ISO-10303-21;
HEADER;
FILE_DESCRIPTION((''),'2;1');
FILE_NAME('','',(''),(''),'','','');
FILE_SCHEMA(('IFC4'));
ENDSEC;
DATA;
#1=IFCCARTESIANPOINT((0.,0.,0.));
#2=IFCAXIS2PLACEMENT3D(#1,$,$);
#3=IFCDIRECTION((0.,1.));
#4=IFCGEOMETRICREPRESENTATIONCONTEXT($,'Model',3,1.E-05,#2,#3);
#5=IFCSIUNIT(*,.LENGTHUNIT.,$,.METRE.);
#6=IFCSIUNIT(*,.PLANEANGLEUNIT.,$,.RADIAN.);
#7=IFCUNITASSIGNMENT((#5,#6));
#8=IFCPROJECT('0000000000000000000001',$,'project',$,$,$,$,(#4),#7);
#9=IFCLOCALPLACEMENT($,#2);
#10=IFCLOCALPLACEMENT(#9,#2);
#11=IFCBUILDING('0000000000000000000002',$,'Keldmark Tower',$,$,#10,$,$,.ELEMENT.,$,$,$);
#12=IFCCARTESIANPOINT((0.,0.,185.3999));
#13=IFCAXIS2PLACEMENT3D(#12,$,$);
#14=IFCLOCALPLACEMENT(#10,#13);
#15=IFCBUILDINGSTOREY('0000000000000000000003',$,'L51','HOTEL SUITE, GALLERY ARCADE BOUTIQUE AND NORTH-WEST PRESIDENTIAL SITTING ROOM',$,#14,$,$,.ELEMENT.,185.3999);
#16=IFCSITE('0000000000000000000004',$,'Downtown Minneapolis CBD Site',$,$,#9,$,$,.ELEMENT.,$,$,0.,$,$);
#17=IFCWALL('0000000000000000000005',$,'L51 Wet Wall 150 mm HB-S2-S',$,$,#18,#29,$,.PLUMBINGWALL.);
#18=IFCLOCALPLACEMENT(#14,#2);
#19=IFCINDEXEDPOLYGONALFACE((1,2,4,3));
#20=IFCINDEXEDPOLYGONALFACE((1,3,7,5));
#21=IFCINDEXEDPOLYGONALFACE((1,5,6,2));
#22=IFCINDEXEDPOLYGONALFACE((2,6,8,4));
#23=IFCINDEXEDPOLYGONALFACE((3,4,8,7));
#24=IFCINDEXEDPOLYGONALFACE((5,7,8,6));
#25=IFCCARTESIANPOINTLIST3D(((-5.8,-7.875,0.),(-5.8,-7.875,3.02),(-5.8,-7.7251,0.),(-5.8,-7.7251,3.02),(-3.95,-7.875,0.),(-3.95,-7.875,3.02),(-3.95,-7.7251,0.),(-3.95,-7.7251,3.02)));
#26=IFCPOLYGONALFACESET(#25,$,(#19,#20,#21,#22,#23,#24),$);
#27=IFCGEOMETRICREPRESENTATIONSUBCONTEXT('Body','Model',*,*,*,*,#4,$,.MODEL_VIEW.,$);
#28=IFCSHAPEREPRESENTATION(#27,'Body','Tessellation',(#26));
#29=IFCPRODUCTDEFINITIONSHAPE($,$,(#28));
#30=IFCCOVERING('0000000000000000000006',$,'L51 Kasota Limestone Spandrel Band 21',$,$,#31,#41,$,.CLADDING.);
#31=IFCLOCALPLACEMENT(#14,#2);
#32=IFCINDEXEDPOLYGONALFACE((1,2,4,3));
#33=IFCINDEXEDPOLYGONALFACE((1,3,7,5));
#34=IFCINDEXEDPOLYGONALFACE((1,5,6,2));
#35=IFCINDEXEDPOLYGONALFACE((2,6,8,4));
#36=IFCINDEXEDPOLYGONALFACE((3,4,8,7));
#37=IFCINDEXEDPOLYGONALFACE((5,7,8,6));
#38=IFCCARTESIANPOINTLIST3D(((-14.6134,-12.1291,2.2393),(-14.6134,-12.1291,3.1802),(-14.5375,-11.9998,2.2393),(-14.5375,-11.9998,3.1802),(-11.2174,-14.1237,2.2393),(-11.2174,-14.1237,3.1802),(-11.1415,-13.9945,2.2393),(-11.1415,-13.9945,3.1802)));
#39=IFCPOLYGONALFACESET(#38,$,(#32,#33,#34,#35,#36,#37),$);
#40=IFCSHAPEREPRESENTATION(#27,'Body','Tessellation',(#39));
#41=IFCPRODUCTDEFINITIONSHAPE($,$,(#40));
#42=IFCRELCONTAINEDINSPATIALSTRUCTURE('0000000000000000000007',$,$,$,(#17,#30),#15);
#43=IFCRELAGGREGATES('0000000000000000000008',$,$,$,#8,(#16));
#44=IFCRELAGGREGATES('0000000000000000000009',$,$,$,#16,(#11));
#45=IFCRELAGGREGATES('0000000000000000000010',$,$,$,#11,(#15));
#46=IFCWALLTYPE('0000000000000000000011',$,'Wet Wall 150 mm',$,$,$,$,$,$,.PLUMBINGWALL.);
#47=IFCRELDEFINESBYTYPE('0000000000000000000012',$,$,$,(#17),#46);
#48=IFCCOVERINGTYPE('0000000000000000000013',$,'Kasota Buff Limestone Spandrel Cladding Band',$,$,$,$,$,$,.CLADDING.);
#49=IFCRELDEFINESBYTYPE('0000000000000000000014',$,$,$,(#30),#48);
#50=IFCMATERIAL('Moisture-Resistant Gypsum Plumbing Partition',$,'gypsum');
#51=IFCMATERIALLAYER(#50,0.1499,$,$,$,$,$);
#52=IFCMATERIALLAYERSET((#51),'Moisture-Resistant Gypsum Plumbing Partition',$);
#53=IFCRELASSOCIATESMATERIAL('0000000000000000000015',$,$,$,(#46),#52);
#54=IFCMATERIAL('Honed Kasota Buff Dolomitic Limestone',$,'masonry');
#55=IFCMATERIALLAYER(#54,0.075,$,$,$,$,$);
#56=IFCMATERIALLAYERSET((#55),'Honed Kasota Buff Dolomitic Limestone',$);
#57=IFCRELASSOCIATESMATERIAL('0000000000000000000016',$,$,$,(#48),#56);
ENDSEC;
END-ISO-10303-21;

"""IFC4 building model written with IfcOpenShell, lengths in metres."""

from ifc_helpers import new_model, si_unit, direction, frame, frame_2d, origin, origin_2d, place, context, subcontext, project, spatial, rectangle, extrude, material, layer, layer_set, type_object, element, save


model = new_model("IFC4")

# Units and contexts
model_context = context("Model", 3, precision=1e-05, world=origin(), true_north=direction((0.0, 1.0)))
body_context = subcontext(model_context, "Body", "Model", "MODEL_VIEW")
ifc_project = project(units=[si_unit("LENGTHUNIT", "METRE"), si_unit("PLANEANGLEUNIT", "RADIAN")], contexts=[model_context])

# Site, building, storey
site_placement = place(None, origin())
site = spatial("IfcSite", under=ifc_project, at=site_placement, Name="Downtown Minneapolis CBD Site", CompositionType="ELEMENT", RefElevation=0.0)
building_placement = place(site_placement, origin())
building = spatial("IfcBuilding", under=site, at=building_placement, Name="Keldmark Tower", CompositionType="ELEMENT")
storey_placement = place(building_placement, frame((0.0, 0.0, 185.3999)))
storey = spatial("IfcBuildingStorey", under=building, at=storey_placement, Name="L51", Description="HOTEL SUITE, GALLERY ARCADE BOUTIQUE AND NORTH-WEST PRESIDENTIAL SITTING ROOM", CompositionType="ELEMENT", Elevation=185.3999)

# Shared definitions
ifc_material_1 = material(Name="Moisture-Resistant Gypsum Plumbing Partition", Category="gypsum")
ifc_layer_1 = layer(ifc_material_1, 0.1499)
ifc_layer_set_1 = layer_set([ifc_layer_1], Name="Moisture-Resistant Gypsum Plumbing Partition")
wall_type_1 = type_object("IfcWallType", Name="Wet Wall 150 mm", PredefinedType="PLUMBINGWALL", material=ifc_layer_set_1)

# Wall
wall_1_placement = place(storey_placement, frame((-5.8, -7.8, 0.0), z_axis=(0.0, 0.0, 1.0), x_axis=(1.0, 0.0, 0.0)))
element("IfcWall", 1, at=wall_1_placement, inside=storey, type_object=wall_type_1, Name="L51 Wet Wall 150 mm HB-S2-S", PredefinedType="PLUMBINGWALL", context=body_context, shape_type="SweptSolid", body=[
    extrude(rectangle(XDim=1.8501, YDim=0.1499, at=frame_2d((0.925, 0.0))), origin(), (0.0, 0.0, 1.0), 3.02),
])

# Covering
ifc_material_2 = material(Name="Honed Kasota Buff Dolomitic Limestone", Category="masonry")
ifc_layer_2 = layer(ifc_material_2, 0.075)
ifc_layer_set_2 = layer_set([ifc_layer_2], Name="Honed Kasota Buff Dolomitic Limestone")
covering_type = type_object("IfcCoveringType", Name="Kasota Buff Limestone Spandrel Cladding Band", PredefinedType="CLADDING", material=ifc_layer_set_2)
covering_placement = place(storey_placement, frame((-12.8774, -13.0618, 2.2393), z_axis=(0.0, 0.0, 1.0), x_axis=(0.862266, -0.506455, 0.0)))
element("IfcCovering", 2, at=covering_placement, inside=storey, type_object=covering_type, Name="L51 Kasota Limestone Spandrel Band 21", PredefinedType="CLADDING", context=body_context, shape_type="SweptSolid", body=[
    extrude(rectangle(XDim=3.9385, YDim=0.1499, at=origin_2d()), origin(), (0.0, 0.0, 1.0), 0.9409),
])

save(model, "model.ifc")
